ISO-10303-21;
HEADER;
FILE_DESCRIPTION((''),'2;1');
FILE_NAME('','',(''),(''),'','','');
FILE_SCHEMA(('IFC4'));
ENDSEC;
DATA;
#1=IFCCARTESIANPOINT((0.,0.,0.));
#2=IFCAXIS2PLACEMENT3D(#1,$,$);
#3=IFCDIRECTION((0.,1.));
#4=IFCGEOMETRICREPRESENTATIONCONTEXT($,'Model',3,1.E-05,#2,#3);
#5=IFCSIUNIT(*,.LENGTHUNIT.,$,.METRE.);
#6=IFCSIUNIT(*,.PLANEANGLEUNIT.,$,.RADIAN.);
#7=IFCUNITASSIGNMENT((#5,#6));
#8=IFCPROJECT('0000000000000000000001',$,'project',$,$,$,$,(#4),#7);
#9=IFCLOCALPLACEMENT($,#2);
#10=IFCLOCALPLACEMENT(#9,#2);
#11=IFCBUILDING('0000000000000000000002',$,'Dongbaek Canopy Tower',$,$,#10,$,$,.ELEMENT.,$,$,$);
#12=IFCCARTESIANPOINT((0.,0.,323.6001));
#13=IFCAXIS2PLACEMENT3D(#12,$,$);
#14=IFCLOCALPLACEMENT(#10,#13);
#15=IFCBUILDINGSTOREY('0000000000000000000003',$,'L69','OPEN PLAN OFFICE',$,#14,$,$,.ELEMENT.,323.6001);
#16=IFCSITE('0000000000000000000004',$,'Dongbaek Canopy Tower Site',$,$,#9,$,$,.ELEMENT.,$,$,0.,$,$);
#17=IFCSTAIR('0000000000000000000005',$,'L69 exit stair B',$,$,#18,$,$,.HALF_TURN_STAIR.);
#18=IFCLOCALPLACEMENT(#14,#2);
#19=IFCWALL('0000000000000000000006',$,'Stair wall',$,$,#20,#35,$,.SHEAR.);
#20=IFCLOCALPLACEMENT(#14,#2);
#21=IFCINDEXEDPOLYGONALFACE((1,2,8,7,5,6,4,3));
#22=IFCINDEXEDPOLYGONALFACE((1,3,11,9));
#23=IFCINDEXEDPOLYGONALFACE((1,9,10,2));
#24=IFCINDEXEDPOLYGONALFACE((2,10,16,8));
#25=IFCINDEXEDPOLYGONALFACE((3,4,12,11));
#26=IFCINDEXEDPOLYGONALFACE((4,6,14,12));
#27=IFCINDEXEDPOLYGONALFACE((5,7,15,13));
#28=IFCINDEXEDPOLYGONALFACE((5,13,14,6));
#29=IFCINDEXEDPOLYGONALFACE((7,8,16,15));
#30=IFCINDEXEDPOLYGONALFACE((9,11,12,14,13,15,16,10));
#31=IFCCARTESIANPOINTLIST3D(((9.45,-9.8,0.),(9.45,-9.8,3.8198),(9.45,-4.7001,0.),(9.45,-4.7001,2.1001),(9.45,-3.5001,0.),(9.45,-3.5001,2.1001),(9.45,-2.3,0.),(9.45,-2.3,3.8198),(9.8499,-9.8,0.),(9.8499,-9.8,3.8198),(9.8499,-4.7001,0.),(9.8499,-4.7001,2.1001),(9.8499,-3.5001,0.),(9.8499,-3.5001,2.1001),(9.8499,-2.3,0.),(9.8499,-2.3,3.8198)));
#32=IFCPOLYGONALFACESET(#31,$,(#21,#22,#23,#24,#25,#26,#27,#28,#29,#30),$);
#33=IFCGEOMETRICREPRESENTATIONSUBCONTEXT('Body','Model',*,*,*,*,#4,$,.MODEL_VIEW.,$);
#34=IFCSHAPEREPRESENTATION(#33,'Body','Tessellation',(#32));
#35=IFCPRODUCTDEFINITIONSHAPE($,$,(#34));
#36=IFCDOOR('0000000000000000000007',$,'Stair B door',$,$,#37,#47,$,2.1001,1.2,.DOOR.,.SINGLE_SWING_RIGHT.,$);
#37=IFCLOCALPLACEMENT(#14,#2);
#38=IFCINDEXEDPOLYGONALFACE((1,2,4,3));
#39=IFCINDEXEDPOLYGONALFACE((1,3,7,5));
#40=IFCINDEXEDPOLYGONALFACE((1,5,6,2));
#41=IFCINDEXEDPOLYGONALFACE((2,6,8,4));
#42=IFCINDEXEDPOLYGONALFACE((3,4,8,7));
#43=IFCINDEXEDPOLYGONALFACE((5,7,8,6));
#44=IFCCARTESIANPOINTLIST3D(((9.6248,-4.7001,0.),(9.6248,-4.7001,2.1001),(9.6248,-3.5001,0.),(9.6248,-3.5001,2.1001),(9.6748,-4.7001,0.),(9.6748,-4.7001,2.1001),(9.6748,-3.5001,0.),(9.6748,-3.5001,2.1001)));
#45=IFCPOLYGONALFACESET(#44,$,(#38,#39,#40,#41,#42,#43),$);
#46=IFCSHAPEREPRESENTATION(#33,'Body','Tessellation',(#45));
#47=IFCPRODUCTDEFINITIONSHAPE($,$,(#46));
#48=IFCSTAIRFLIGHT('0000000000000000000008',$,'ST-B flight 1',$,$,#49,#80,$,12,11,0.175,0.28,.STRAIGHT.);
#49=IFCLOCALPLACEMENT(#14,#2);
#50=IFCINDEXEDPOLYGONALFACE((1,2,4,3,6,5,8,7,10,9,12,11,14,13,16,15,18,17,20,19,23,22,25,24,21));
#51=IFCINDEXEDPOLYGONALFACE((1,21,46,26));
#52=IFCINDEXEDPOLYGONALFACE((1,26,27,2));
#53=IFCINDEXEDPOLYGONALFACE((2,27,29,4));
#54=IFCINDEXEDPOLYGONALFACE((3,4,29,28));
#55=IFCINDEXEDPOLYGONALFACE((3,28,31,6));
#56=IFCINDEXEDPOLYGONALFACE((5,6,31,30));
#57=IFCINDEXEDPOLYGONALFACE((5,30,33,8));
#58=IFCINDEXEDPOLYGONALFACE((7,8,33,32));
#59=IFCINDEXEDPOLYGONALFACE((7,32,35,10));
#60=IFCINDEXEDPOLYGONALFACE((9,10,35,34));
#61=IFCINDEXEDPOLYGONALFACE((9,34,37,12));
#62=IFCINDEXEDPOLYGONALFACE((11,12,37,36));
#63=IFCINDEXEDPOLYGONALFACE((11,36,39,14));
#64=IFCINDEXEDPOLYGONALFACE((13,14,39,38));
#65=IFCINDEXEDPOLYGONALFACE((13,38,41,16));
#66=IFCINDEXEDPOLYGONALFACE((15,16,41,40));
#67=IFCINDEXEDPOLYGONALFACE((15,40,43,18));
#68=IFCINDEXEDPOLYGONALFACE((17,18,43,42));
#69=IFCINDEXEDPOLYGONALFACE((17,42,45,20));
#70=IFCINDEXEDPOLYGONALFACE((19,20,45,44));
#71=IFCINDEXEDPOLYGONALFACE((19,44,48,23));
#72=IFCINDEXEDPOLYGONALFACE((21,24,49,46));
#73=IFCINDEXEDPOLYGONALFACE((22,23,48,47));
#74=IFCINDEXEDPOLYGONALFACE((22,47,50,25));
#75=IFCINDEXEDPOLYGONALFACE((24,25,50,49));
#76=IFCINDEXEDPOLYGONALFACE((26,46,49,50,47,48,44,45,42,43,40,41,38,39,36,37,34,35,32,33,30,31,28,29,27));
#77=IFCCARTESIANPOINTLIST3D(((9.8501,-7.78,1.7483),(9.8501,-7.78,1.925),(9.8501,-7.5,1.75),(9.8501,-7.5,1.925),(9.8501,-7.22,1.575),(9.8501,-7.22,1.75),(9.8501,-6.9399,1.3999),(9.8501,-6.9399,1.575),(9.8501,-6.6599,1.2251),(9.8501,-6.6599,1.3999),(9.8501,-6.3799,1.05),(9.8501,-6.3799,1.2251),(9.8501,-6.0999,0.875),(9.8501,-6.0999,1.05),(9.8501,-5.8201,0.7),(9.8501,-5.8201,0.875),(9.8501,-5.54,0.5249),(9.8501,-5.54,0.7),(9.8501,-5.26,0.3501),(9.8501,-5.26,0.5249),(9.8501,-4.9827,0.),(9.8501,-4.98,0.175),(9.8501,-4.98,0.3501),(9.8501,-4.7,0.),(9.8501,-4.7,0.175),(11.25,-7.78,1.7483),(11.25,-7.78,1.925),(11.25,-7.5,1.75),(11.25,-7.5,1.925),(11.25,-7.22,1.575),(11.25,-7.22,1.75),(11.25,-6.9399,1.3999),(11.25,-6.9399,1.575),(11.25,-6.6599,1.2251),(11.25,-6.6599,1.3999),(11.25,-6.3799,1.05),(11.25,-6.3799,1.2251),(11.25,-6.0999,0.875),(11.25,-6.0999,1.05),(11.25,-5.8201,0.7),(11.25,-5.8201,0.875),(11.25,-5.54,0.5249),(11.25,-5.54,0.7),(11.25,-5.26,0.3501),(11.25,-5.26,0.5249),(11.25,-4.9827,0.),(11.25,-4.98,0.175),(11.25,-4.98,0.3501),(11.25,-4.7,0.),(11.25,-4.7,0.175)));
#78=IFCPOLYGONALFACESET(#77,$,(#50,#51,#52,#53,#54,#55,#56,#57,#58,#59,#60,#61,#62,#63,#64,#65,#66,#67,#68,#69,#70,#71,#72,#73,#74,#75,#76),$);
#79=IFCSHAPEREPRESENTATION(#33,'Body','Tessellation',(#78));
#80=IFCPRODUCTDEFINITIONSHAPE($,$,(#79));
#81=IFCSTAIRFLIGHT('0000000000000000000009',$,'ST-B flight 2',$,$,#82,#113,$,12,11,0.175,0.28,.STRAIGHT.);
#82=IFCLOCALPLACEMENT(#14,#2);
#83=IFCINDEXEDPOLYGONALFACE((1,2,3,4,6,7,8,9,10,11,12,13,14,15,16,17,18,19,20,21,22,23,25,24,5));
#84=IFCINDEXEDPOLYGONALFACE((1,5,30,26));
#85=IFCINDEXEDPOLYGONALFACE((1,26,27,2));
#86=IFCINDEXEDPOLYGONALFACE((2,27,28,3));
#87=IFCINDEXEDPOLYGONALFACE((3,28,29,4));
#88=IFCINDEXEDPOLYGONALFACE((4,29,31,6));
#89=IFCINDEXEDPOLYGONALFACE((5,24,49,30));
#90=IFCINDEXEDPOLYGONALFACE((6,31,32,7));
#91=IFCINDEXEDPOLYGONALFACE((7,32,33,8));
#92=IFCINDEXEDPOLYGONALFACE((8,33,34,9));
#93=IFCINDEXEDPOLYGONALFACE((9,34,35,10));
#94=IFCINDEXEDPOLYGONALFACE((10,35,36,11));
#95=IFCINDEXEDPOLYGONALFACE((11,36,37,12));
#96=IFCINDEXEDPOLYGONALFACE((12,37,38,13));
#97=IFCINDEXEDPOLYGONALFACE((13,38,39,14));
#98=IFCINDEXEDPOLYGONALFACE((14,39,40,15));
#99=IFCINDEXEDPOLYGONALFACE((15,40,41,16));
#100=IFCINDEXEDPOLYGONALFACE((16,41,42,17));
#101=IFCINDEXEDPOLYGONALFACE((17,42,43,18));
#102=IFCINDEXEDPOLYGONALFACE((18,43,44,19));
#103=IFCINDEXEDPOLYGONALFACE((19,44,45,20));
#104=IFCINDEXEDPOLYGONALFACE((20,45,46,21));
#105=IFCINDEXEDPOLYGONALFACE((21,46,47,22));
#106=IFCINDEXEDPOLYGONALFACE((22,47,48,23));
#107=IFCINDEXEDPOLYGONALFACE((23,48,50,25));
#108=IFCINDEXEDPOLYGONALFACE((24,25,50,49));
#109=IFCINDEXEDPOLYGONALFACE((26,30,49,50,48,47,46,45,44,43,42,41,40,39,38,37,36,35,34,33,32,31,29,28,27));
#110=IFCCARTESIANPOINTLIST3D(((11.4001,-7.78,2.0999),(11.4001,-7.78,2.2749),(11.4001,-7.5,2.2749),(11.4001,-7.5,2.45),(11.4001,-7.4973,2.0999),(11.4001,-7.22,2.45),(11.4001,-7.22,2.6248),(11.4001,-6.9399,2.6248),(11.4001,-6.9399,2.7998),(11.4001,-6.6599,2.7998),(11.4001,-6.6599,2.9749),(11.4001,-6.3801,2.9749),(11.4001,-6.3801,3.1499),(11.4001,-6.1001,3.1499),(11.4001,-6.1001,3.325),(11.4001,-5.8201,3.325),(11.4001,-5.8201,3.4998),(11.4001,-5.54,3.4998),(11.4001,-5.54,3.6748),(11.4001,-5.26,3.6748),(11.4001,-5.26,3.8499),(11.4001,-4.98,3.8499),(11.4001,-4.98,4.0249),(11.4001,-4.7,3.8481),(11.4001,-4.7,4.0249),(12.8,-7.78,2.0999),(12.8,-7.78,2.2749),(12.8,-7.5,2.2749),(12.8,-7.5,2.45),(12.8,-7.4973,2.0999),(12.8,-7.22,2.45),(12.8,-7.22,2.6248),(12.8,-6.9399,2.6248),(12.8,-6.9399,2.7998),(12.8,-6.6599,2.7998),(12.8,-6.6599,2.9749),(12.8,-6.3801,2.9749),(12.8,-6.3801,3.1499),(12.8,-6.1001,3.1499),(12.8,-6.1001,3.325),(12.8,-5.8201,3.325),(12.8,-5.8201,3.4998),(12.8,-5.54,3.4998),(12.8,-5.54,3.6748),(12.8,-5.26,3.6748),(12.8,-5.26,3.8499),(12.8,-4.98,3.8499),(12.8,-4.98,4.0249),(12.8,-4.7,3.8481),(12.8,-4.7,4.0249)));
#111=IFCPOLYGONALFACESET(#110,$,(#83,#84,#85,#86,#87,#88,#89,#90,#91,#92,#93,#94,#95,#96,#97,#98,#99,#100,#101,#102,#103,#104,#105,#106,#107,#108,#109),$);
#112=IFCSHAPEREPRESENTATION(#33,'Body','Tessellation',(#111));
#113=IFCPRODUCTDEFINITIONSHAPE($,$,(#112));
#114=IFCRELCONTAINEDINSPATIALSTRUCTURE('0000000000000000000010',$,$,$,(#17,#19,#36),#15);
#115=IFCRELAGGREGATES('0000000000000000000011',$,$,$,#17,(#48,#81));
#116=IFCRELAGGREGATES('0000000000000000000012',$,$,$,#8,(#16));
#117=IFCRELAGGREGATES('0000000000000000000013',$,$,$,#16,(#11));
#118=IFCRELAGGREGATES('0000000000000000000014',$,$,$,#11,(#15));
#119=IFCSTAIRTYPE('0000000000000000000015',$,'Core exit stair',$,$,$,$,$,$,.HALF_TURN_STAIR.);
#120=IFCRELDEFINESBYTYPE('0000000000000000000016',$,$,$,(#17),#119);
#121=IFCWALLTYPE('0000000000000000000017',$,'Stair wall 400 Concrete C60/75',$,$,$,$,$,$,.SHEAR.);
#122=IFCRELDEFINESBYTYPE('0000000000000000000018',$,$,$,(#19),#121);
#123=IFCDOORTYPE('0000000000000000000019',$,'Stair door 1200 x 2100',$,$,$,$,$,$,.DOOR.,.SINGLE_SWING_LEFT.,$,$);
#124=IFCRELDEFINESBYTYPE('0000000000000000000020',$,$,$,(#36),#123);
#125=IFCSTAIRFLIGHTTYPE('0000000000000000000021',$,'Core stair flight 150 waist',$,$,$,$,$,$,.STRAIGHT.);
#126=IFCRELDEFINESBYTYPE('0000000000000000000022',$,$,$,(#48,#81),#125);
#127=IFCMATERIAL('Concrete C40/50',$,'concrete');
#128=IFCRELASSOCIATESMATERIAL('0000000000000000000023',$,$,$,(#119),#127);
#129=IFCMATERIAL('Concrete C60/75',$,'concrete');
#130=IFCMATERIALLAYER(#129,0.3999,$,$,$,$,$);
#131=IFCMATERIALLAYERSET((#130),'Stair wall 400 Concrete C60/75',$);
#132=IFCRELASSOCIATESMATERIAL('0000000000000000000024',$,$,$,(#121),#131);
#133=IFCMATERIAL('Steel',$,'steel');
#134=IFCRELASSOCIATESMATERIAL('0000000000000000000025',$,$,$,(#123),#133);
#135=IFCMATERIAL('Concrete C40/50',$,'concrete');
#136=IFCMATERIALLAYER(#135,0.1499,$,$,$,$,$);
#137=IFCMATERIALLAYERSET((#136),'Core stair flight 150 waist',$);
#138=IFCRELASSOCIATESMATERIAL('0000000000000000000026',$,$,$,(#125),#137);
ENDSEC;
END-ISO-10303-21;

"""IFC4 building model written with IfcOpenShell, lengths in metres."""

from ifc_helpers import new_model, si_unit, direction, frame, frame_2d, origin, place, context, subcontext, project, spatial, polyline, rectangle, outline, extrude, material, layer, layer_set, type_object, element, fill, aggregate, save


model = new_model("IFC4")

# Units and contexts
model_context = context("Model", 3, precision=1e-05, world=origin(), true_north=direction((0.0, 1.0)))
body_context = subcontext(model_context, "Body", "Model", "MODEL_VIEW")
ifc_project = project(units=[si_unit("LENGTHUNIT", "METRE"), si_unit("PLANEANGLEUNIT", "RADIAN")], contexts=[model_context])

# Site, building, storey
site_placement = place(None, origin())
site = spatial("IfcSite", under=ifc_project, at=site_placement, Name="Dongbaek Canopy Tower Site", CompositionType="ELEMENT", RefElevation=0.0)
building_placement = place(site_placement, origin())
building = spatial("IfcBuilding", under=site, at=building_placement, Name="Dongbaek Canopy Tower", CompositionType="ELEMENT")
storey_placement = place(building_placement, frame((0.0, 0.0, 323.6001)))
storey = spatial("IfcBuildingStorey", under=building, at=storey_placement, Name="L69", Description="OPEN PLAN OFFICE", CompositionType="ELEMENT", Elevation=323.6001)

# Stair
ifc_material_1 = material(Name="Concrete C40/50", Category="concrete")
stair_type = type_object("IfcStairType", Name="Core exit stair", PredefinedType="HALF_TURN_STAIR", material=ifc_material_1)
stair_1_placement = place(storey_placement, origin())
stair_1 = element("IfcStair", 1, at=stair_1_placement, inside=storey, type_object=stair_type, Name="L69 exit stair B", PredefinedType="HALF_TURN_STAIR")

# Wall, opening, door
ifc_material_2 = material(Name="Concrete C60/75", Category="concrete")
ifc_layer_1 = layer(ifc_material_2, 0.3999)
ifc_layer_set_1 = layer_set([ifc_layer_1], Name="Stair wall 400 Concrete C60/75")
wall_type_1 = type_object("IfcWallType", Name="Stair wall 400 Concrete C60/75", PredefinedType="SHEAR", material=ifc_layer_set_1)
wall_1_placement = place(storey_placement, frame((9.6499, -2.3, 0.0), z_axis=(0.0, 0.0, 1.0), x_axis=(0.0, -1.0, 0.0)))
wall_1 = element("IfcWall", 2, at=wall_1_placement, inside=storey, type_object=wall_type_1, Name="Stair wall", PredefinedType="SHEAR", context=body_context, shape_type="SweptSolid", body=[
    extrude(rectangle(XDim=7.5, YDim=0.3999, at=frame_2d((3.75, 0.0))), origin(), (0.0, 0.0, 1.0), 3.8198),
])
opening_1_placement = place(wall_1_placement, frame((1.2, 0.0, 0.0)))
opening_1 = element("IfcOpeningElement", 3, at=opening_1_placement, cuts=wall_1, PredefinedType="OPENING", context=body_context, shape_type="SweptSolid", body=[
    extrude(rectangle(XDim=1.2, YDim=2.1001, at=frame_2d((0.6001, 1.05))), frame((0.0, 0.21, 0.0), z_axis=(0.0, -1.0, 0.0), x_axis=(1.0, 0.0, 0.0)), (0.0, 0.0, 1.0), 0.4199),
])
ifc_material_3 = material(Name="Steel", Category="steel")
door_type_1 = type_object("IfcDoorType", Name="Stair door 1200 x 2100", OperationType="SINGLE_SWING_LEFT", PredefinedType="DOOR", material=ifc_material_3)
door_1_placement = place(opening_1_placement, origin())
door_1 = element("IfcDoor", 4, at=door_1_placement, inside=storey, type_object=door_type_1, Name="Stair B door", OperationType="SINGLE_SWING_RIGHT", OverallHeight=2.1001, OverallWidth=1.2, PredefinedType="DOOR", context=body_context, shape_type="SweptSolid", body=[
    extrude(rectangle(XDim=1.2, YDim=2.1001, at=frame_2d((0.6001, 1.05))), frame((0.0, 0.0249, 0.0), z_axis=(0.0, -1.0, 0.0), x_axis=(1.0, 0.0, 0.0)), (0.0, 0.0, 1.0), 0.05),
])
fill(opening_1, door_1)

# Stair flights
ifc_material_4 = material(Name="Concrete C40/50", Category="concrete")
ifc_layer_2 = layer(ifc_material_4, 0.1499)
ifc_layer_set_2 = layer_set([ifc_layer_2], Name="Core stair flight 150 waist")
stair_flight_type = type_object("IfcStairFlightType", Name="Core stair flight 150 waist", PredefinedType="STRAIGHT", material=ifc_layer_set_2)
stair_flight_1_placement = place(storey_placement, frame((10.55, -4.7, 0.0), z_axis=(0.0, 0.0, 1.0), x_axis=(0.0, -1.0, 0.0)))
stair_flight_1 = element("IfcStairFlight", 5, at=stair_flight_1_placement, type_object=stair_flight_type, Name="ST-B flight 1", NumberOfRisers=12, NumberOfTreads=11, PredefinedType="STRAIGHT", RiserHeight=0.175, TreadLength=0.28, context=body_context, shape_type="SweptSolid", body=[
    extrude(outline(polyline([(0.0, 0.0), (0.0, 0.175), (0.28, 0.175), (0.28, 0.3501), (0.5601, 0.3501), (0.5601, 0.5249), (0.8401, 0.5249), (0.8401, 0.7), (1.1201, 0.7), (1.1201, 0.875), (1.3999, 0.875), (1.3999, 1.05), (1.6799, 1.05), (1.6799, 1.2251), (1.96, 1.2251), (1.96, 1.3999), (2.24, 1.3999), (2.24, 1.575), (2.52, 1.575), (2.52, 1.75), (2.8, 1.75), (2.8, 1.925), (3.0801, 1.925), (3.0801, 2.1001), (3.0801, 1.7483), (0.2827, 0.0), (0.0, 0.0)])), frame((0.0, 0.7, 0.0), z_axis=(0.0, -1.0, 0.0), x_axis=(1.0, 0.0, 0.0)), (0.0, 0.0, 1.0), 1.3999),
])
stair_flight_2_placement = place(storey_placement, frame((12.1001, -7.78, 2.0999), z_axis=(0.0, 0.0, 1.0), x_axis=(0.0, 1.0, 0.0)))
stair_flight_2 = element("IfcStairFlight", 6, at=stair_flight_2_placement, type_object=stair_flight_type, Name="ST-B flight 2", NumberOfRisers=12, NumberOfTreads=11, PredefinedType="STRAIGHT", RiserHeight=0.175, TreadLength=0.28, context=body_context, shape_type="SweptSolid", body=[
    extrude(outline(polyline([(0.0, 0.0), (0.0, 0.175), (0.28, 0.175), (0.28, 0.3501), (0.5601, 0.3501), (0.5601, 0.5249), (0.8401, 0.5249), (0.8401, 0.7), (1.1201, 0.7), (1.1201, 0.875), (1.3999, 0.875), (1.3999, 1.05), (1.6799, 1.05), (1.6799, 1.2251), (1.96, 1.2251), (1.96, 1.3999), (2.24, 1.3999), (2.24, 1.575), (2.52, 1.575), (2.52, 1.75), (2.8, 1.75), (2.8, 1.925), (3.0801, 1.925), (3.0801, 2.1001), (3.0801, 1.7483), (0.2827, 0.0), (0.0, 0.0)])), frame((0.0, 0.7, 0.0), z_axis=(0.0, -1.0, 0.0), x_axis=(1.0, 0.0, 0.0)), (0.0, 0.0, 1.0), 1.3999),
])
aggregate(stair_1, [stair_flight_1, stair_flight_2])

save(model, "model.ifc")
